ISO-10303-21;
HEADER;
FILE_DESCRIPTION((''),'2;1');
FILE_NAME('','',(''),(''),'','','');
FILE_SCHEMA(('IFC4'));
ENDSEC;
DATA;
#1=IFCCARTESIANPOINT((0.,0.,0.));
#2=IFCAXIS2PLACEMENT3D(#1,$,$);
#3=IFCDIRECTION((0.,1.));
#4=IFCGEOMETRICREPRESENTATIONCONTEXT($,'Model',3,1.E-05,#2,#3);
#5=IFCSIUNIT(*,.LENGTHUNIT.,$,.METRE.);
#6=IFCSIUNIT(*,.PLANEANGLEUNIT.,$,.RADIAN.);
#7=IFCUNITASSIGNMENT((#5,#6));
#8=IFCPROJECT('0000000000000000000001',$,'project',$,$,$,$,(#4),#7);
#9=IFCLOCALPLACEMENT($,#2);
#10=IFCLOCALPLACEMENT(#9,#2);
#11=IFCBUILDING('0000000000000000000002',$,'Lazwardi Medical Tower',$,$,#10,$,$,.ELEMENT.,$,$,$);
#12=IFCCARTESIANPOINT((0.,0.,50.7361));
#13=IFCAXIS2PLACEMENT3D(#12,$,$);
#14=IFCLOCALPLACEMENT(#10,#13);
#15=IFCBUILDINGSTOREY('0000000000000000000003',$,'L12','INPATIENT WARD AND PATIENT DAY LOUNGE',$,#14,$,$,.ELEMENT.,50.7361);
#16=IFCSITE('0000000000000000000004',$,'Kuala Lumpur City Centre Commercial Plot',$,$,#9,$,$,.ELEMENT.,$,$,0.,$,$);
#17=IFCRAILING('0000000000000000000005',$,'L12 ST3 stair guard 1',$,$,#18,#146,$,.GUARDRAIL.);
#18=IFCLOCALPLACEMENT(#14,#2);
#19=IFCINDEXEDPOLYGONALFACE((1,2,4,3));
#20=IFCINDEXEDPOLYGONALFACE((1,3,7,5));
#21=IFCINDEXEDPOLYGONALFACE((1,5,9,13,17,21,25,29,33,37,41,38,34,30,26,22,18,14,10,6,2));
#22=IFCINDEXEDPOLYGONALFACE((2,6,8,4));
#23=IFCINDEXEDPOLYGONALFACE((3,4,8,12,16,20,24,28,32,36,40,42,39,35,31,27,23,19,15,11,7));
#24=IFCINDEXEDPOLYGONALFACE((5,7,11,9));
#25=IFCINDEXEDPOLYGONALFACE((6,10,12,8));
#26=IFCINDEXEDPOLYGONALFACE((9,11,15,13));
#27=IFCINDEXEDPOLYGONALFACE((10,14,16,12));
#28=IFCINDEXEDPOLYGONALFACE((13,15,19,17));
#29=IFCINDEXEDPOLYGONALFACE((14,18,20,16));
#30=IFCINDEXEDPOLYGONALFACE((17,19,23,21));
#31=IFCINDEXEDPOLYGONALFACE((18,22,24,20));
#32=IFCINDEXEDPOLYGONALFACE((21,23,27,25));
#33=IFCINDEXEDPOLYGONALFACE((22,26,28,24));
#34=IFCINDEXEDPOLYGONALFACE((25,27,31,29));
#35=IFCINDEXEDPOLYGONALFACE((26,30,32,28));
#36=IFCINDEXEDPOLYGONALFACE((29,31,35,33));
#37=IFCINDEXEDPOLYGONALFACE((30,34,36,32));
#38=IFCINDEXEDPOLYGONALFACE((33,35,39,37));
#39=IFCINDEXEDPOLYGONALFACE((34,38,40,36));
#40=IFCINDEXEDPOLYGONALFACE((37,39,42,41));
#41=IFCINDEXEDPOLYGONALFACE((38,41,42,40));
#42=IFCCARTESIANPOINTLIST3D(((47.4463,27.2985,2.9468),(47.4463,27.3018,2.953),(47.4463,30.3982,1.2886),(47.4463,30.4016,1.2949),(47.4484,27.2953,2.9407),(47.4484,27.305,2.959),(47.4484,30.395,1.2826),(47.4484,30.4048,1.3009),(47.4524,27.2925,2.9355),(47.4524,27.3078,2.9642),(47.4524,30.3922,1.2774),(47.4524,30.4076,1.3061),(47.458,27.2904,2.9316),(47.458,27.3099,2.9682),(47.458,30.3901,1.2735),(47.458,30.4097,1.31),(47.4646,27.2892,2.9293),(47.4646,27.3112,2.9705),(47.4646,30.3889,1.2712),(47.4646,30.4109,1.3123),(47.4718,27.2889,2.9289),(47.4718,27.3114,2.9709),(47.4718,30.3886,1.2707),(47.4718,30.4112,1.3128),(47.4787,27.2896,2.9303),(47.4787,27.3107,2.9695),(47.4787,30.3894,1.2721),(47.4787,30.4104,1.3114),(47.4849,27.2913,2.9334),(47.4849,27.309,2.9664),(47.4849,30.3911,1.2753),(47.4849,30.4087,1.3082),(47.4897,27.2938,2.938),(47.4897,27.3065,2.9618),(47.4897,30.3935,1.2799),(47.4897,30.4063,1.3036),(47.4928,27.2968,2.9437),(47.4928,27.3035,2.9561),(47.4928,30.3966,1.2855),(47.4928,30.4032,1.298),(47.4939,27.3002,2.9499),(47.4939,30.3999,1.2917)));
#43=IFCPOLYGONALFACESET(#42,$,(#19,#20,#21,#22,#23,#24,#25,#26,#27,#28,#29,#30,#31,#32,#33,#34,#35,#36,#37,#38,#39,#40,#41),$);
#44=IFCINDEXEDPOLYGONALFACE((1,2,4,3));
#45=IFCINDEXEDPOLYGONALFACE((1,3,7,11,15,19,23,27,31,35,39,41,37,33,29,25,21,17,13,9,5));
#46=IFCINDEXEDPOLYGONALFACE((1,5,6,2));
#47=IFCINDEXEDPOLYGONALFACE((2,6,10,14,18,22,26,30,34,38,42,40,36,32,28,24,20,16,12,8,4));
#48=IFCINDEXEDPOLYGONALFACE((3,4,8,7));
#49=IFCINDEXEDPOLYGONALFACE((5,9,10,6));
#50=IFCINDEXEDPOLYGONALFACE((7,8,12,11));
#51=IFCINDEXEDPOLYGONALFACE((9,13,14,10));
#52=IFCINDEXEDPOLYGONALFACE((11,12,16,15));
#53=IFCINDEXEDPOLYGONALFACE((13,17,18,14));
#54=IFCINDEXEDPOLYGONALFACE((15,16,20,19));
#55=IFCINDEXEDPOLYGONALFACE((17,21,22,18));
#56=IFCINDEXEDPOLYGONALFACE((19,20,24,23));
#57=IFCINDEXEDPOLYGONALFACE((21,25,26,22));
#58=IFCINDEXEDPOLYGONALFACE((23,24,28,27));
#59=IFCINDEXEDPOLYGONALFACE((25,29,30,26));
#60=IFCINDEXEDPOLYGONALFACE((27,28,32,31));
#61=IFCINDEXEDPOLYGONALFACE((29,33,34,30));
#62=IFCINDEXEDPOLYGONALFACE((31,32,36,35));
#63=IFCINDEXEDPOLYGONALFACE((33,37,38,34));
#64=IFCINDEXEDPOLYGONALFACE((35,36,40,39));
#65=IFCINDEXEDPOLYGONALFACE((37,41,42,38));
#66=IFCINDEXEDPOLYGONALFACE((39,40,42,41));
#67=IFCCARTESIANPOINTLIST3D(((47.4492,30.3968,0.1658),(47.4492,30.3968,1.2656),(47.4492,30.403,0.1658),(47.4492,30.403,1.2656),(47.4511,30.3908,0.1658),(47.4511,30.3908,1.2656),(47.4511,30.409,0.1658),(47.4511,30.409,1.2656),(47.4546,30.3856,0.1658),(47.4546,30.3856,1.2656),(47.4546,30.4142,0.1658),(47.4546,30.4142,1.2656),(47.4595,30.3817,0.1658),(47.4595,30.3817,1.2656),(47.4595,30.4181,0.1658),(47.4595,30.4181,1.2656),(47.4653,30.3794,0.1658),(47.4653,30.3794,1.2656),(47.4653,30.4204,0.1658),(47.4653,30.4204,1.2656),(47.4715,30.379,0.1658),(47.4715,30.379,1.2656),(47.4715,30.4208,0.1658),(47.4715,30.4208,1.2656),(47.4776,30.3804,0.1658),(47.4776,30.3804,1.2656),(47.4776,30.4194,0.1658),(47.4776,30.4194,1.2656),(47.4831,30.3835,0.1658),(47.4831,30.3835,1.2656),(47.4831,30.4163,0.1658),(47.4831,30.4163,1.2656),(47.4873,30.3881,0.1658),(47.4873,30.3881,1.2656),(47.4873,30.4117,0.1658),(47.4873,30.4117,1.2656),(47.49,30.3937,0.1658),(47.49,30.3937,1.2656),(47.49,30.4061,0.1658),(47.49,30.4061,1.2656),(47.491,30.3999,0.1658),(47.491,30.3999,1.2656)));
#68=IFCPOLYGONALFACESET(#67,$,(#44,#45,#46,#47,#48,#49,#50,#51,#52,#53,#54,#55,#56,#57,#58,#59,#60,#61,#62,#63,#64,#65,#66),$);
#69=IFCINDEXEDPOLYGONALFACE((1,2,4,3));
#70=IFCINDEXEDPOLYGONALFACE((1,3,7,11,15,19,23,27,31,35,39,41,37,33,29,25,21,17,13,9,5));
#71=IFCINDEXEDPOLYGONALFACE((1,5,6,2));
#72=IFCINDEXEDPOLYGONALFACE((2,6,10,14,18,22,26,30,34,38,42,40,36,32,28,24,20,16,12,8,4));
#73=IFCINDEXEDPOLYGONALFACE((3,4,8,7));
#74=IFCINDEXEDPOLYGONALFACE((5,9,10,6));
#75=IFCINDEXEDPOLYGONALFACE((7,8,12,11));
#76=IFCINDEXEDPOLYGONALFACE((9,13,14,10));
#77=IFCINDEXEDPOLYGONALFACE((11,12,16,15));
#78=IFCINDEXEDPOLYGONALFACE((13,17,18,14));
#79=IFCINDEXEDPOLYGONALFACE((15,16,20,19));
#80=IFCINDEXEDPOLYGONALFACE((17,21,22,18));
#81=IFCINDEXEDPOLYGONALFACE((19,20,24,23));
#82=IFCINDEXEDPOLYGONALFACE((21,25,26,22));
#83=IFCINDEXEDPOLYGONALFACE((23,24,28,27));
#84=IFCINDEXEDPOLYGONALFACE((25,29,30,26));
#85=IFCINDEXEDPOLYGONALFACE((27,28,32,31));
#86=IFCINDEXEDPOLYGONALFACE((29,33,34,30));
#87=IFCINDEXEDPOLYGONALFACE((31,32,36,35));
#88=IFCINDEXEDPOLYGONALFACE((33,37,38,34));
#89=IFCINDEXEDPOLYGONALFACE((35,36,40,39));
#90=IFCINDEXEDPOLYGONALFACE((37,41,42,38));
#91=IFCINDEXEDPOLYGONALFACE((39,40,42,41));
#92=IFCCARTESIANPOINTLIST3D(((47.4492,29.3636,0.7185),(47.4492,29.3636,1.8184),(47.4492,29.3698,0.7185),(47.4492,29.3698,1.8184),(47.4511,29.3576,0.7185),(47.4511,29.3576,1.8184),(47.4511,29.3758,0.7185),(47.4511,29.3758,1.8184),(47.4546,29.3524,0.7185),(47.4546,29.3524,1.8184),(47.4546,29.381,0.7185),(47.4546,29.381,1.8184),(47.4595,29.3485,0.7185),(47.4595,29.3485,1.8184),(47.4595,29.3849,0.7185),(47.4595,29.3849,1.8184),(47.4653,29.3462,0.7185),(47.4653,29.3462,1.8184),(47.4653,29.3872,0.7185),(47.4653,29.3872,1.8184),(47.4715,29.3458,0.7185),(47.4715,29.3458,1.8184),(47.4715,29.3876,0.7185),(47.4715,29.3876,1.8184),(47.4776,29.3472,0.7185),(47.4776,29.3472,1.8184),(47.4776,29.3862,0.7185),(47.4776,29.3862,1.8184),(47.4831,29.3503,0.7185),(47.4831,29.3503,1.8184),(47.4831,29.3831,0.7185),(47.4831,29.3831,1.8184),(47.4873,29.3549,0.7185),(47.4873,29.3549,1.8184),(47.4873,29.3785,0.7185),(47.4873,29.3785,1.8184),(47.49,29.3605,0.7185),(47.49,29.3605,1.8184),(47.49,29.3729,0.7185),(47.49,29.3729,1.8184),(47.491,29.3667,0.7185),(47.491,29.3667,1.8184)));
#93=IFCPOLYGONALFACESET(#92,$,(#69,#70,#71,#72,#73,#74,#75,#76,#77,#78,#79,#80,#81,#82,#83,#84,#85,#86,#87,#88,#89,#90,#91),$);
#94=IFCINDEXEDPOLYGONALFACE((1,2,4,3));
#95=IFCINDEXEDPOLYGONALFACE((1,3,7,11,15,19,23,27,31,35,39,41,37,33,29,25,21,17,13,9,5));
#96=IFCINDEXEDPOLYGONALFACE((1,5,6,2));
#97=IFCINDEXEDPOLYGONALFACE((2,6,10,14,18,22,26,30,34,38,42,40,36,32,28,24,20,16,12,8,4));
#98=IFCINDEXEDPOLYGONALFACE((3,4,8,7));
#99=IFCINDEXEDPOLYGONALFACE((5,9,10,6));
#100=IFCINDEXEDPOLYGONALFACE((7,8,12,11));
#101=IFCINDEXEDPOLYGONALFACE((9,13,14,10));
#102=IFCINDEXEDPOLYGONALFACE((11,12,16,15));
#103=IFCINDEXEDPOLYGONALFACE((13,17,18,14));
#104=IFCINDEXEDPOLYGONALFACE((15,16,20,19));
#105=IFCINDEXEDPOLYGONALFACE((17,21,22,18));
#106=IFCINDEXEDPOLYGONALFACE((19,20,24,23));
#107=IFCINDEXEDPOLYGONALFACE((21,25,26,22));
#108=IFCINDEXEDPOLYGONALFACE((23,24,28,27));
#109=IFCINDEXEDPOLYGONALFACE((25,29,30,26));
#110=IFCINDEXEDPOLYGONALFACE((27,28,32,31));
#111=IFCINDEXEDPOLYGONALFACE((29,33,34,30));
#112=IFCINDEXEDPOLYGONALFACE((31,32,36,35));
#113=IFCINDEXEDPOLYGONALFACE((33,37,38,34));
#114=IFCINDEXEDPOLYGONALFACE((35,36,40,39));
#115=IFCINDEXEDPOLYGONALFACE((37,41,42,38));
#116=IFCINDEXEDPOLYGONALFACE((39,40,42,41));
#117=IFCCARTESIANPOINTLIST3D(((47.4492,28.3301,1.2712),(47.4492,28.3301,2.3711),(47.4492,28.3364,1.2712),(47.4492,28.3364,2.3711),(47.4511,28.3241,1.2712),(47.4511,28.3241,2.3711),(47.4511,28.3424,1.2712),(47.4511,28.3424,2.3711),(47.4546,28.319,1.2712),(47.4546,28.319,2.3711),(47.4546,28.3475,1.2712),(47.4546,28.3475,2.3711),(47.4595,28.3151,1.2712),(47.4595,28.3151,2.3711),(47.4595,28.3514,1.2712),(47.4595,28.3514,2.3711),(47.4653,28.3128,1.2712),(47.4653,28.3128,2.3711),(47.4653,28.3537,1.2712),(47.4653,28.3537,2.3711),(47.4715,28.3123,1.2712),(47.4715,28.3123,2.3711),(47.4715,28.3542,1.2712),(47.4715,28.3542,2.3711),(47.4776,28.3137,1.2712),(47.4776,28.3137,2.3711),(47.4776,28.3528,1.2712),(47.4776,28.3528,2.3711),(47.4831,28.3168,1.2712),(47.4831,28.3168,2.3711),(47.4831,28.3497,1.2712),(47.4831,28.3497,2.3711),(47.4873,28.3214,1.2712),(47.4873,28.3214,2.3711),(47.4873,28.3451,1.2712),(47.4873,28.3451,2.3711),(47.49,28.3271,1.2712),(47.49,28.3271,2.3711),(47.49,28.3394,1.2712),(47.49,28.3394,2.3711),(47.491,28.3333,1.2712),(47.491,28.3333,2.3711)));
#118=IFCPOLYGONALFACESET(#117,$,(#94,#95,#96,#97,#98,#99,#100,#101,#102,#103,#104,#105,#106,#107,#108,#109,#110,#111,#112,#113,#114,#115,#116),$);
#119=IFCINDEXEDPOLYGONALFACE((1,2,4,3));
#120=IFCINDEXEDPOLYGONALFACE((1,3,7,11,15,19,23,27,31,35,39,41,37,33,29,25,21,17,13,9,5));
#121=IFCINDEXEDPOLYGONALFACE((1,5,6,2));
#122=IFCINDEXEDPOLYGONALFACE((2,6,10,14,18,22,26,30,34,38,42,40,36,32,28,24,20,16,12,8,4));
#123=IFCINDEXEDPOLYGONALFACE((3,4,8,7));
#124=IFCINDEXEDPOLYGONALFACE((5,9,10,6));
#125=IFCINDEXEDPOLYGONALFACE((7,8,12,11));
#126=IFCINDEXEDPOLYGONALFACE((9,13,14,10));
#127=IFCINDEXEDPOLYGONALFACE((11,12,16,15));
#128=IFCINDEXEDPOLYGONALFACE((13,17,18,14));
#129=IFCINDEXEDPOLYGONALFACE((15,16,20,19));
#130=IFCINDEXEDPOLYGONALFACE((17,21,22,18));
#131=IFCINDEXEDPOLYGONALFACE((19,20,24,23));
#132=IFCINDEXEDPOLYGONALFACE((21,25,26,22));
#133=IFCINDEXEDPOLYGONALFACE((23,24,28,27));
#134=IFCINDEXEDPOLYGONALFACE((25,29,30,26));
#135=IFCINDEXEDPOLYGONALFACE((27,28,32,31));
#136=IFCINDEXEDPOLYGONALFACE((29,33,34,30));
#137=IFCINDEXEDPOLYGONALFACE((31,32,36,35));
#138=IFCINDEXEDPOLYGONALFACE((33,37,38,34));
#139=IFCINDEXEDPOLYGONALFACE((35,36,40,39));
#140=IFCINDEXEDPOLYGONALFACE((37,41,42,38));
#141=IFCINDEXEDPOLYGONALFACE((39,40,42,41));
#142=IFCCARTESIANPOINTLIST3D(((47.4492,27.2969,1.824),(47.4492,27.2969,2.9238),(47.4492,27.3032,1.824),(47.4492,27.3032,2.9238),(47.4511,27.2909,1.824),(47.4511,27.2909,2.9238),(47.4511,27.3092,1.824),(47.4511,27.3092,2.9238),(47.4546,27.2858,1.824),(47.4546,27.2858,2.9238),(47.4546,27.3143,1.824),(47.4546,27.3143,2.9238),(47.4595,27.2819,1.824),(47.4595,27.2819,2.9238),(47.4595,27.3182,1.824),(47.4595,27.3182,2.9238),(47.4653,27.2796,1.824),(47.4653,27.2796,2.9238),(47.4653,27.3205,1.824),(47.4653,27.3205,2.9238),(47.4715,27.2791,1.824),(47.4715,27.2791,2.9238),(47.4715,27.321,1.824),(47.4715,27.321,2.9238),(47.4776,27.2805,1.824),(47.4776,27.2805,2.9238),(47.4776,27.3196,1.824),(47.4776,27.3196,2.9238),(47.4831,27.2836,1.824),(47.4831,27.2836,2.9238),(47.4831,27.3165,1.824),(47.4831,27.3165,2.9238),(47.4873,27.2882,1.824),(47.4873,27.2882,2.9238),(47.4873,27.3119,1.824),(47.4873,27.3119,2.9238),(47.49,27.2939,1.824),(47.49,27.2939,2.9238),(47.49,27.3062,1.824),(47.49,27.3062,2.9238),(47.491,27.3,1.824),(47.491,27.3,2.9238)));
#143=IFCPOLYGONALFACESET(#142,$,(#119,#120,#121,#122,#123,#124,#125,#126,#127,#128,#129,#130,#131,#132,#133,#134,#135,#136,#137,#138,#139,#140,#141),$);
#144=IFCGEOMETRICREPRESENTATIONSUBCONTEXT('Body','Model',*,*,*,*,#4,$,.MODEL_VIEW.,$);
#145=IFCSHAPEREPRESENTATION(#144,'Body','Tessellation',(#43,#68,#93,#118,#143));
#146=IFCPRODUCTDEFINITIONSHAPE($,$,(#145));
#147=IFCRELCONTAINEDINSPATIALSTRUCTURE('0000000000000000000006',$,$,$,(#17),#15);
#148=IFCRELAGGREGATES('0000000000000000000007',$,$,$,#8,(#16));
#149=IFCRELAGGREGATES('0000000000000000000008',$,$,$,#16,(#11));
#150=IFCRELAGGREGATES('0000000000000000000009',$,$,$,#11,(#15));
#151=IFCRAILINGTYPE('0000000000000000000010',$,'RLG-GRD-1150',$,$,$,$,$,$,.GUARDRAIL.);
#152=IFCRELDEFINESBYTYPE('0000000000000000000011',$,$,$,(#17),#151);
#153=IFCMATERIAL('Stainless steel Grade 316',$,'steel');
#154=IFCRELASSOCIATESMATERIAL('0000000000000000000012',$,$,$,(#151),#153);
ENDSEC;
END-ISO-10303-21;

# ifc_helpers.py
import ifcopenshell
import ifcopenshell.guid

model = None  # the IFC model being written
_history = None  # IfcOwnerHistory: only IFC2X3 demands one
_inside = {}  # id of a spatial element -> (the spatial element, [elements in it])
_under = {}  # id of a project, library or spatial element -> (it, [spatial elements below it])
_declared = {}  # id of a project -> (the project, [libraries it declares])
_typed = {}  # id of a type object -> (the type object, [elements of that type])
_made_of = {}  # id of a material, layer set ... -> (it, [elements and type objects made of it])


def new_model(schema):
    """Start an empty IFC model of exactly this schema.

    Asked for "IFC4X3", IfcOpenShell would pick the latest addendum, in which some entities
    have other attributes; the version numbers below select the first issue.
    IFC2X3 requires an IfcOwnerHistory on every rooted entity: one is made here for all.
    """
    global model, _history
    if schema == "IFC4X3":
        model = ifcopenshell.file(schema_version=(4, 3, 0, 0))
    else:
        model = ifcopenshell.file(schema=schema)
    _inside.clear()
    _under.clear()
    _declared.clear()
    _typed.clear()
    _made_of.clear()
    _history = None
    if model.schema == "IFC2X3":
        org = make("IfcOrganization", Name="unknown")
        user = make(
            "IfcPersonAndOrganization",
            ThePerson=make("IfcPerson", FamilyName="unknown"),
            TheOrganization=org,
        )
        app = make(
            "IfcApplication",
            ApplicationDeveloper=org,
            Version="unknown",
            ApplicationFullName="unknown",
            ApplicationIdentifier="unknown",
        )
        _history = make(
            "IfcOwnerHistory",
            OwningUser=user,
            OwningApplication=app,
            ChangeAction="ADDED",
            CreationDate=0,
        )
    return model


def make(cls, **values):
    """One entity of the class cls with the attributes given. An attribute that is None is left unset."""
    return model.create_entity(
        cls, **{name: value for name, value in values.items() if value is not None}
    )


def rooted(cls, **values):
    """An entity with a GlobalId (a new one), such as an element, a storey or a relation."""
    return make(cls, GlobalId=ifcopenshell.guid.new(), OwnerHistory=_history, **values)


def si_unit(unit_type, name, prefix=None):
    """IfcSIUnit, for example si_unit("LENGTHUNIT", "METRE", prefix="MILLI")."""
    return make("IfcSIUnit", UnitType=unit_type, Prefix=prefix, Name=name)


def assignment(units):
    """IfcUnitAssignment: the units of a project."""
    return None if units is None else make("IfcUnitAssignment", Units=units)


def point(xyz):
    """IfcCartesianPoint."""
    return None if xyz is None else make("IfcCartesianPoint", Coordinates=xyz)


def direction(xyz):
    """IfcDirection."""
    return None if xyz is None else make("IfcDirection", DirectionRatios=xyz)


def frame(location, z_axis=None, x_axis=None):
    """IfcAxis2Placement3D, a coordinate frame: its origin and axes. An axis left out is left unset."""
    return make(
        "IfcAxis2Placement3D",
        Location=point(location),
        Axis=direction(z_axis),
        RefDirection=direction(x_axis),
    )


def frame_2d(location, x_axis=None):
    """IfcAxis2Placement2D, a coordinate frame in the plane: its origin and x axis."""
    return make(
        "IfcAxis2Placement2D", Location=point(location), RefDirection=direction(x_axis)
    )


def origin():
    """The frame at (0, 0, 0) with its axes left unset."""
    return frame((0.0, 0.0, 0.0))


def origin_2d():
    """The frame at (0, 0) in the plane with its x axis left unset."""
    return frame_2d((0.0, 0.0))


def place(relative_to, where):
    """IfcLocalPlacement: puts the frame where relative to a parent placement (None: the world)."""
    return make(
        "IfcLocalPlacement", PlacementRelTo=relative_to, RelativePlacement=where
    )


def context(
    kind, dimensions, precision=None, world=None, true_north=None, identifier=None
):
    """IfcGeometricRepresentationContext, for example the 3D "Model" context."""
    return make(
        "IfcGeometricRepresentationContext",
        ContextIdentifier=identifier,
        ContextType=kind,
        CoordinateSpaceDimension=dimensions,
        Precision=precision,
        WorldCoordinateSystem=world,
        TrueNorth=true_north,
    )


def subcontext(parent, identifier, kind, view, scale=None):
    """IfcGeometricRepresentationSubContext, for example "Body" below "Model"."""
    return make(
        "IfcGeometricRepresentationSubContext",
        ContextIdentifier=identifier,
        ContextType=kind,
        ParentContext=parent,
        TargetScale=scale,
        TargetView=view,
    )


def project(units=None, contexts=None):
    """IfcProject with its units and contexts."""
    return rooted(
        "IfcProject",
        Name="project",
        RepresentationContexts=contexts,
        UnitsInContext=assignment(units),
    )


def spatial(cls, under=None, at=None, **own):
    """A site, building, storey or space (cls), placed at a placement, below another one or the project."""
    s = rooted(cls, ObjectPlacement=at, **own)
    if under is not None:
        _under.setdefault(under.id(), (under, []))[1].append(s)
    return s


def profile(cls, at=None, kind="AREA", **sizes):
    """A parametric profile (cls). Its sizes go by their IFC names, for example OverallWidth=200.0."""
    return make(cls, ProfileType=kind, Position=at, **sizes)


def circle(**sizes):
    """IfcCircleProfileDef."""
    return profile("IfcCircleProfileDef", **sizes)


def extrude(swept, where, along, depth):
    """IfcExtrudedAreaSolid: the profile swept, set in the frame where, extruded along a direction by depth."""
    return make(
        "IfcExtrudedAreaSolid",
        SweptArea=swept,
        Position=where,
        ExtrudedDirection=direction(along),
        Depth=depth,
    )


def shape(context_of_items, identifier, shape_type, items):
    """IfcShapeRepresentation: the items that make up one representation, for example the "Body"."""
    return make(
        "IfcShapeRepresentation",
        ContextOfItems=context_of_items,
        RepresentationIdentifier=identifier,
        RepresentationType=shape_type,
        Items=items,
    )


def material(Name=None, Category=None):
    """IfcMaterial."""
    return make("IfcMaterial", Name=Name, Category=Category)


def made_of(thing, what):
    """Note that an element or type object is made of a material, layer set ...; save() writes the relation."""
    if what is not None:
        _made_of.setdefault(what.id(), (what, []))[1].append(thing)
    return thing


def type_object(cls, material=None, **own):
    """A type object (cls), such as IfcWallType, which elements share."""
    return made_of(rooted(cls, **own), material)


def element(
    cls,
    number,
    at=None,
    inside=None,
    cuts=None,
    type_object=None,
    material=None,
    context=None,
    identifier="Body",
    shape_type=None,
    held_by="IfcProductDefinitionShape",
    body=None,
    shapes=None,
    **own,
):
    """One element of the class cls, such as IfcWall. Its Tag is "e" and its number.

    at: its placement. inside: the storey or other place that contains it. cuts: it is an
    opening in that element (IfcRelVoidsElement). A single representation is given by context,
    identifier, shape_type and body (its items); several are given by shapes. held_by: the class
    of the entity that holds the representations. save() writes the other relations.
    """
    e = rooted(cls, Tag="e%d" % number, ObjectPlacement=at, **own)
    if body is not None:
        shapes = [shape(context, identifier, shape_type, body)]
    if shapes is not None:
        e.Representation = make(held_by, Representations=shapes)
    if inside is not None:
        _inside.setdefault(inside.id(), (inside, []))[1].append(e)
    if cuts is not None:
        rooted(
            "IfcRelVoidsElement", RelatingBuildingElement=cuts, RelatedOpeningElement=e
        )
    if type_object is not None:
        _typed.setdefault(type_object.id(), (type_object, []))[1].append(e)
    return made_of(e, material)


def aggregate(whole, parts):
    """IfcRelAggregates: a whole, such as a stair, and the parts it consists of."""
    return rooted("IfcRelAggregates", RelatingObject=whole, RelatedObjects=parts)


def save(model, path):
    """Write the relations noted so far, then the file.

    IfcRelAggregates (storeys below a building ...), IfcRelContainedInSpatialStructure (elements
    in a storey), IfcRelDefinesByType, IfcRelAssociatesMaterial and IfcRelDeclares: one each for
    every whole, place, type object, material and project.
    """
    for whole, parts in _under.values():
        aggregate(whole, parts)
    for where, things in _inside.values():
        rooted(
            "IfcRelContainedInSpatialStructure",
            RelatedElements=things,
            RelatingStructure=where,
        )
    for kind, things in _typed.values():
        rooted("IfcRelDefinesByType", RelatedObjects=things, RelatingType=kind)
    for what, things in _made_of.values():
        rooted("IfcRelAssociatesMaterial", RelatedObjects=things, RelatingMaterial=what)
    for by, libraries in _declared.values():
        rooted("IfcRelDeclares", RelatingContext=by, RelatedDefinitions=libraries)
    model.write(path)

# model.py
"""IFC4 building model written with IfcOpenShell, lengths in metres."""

from ifc_helpers import new_model, si_unit, direction, frame, origin, origin_2d, place, context, subcontext, project, spatial, circle, extrude, material, type_object, element, save


model = new_model("IFC4")

# Units and contexts
model_context = context("Model", 3, precision=1e-05, world=origin(), true_north=direction((0.0, 1.0)))
body_context = subcontext(model_context, "Body", "Model", "MODEL_VIEW")
ifc_project = project(units=[si_unit("LENGTHUNIT", "METRE"), si_unit("PLANEANGLEUNIT", "RADIAN")], contexts=[model_context])

# Site, building, storey
site_placement = place(None, origin())
site = spatial("IfcSite", under=ifc_project, at=site_placement, Name="Kuala Lumpur City Centre Commercial Plot", CompositionType="ELEMENT", RefElevation=0.0)
building_placement = place(site_placement, origin())
building = spatial("IfcBuilding", under=site, at=building_placement, Name="Lazwardi Medical Tower", CompositionType="ELEMENT")
storey_placement = place(building_placement, frame((0.0, 0.0, 50.7361)))
storey = spatial("IfcBuildingStorey", under=building, at=storey_placement, Name="L12", Description="INPATIENT WARD AND PATIENT DAY LOUNGE", CompositionType="ELEMENT", Elevation=50.7361)

# Railing
ifc_material_1 = material(Name="Stainless steel Grade 316", Category="steel")
railing_type_1 = type_object("IfcRailingType", Name="RLG-GRD-1150", PredefinedType="GUARDRAIL", material=ifc_material_1)
railing_1_placement = place(storey_placement, frame((47.47, 30.3999, 0.1658)))
element("IfcRailing", 1, at=railing_1_placement, inside=storey, type_object=railing_type_1, Name="L12 ST3 stair guard 1", PredefinedType="GUARDRAIL", context=body_context, shape_type="SweptSolid", body=[
    extrude(circle(Radius=0.0239, at=origin_2d()), frame((0.0, 0.0, 1.126), z_axis=(0.0, -0.881768, 0.471684), x_axis=(1.0, 0.0, 0.0)), (0.0, 0.0, 1.0), 3.5154),
    extrude(circle(Radius=0.021, at=origin_2d()), origin(), (0.0, 0.0, 1.0), 1.0999),
    extrude(circle(Radius=0.021, at=origin_2d()), frame((0.0, -1.0332, 0.5527)), (0.0, 0.0, 1.0), 1.0999),
    extrude(circle(Radius=0.021, at=origin_2d()), frame((0.0, -2.0667, 1.1055)), (0.0, 0.0, 1.0), 1.0999),
    extrude(circle(Radius=0.021, at=origin_2d()), frame((0.0, -3.0999, 1.6582)), (0.0, 0.0, 1.0), 1.0999),
])

save(model, "model.ifc")
